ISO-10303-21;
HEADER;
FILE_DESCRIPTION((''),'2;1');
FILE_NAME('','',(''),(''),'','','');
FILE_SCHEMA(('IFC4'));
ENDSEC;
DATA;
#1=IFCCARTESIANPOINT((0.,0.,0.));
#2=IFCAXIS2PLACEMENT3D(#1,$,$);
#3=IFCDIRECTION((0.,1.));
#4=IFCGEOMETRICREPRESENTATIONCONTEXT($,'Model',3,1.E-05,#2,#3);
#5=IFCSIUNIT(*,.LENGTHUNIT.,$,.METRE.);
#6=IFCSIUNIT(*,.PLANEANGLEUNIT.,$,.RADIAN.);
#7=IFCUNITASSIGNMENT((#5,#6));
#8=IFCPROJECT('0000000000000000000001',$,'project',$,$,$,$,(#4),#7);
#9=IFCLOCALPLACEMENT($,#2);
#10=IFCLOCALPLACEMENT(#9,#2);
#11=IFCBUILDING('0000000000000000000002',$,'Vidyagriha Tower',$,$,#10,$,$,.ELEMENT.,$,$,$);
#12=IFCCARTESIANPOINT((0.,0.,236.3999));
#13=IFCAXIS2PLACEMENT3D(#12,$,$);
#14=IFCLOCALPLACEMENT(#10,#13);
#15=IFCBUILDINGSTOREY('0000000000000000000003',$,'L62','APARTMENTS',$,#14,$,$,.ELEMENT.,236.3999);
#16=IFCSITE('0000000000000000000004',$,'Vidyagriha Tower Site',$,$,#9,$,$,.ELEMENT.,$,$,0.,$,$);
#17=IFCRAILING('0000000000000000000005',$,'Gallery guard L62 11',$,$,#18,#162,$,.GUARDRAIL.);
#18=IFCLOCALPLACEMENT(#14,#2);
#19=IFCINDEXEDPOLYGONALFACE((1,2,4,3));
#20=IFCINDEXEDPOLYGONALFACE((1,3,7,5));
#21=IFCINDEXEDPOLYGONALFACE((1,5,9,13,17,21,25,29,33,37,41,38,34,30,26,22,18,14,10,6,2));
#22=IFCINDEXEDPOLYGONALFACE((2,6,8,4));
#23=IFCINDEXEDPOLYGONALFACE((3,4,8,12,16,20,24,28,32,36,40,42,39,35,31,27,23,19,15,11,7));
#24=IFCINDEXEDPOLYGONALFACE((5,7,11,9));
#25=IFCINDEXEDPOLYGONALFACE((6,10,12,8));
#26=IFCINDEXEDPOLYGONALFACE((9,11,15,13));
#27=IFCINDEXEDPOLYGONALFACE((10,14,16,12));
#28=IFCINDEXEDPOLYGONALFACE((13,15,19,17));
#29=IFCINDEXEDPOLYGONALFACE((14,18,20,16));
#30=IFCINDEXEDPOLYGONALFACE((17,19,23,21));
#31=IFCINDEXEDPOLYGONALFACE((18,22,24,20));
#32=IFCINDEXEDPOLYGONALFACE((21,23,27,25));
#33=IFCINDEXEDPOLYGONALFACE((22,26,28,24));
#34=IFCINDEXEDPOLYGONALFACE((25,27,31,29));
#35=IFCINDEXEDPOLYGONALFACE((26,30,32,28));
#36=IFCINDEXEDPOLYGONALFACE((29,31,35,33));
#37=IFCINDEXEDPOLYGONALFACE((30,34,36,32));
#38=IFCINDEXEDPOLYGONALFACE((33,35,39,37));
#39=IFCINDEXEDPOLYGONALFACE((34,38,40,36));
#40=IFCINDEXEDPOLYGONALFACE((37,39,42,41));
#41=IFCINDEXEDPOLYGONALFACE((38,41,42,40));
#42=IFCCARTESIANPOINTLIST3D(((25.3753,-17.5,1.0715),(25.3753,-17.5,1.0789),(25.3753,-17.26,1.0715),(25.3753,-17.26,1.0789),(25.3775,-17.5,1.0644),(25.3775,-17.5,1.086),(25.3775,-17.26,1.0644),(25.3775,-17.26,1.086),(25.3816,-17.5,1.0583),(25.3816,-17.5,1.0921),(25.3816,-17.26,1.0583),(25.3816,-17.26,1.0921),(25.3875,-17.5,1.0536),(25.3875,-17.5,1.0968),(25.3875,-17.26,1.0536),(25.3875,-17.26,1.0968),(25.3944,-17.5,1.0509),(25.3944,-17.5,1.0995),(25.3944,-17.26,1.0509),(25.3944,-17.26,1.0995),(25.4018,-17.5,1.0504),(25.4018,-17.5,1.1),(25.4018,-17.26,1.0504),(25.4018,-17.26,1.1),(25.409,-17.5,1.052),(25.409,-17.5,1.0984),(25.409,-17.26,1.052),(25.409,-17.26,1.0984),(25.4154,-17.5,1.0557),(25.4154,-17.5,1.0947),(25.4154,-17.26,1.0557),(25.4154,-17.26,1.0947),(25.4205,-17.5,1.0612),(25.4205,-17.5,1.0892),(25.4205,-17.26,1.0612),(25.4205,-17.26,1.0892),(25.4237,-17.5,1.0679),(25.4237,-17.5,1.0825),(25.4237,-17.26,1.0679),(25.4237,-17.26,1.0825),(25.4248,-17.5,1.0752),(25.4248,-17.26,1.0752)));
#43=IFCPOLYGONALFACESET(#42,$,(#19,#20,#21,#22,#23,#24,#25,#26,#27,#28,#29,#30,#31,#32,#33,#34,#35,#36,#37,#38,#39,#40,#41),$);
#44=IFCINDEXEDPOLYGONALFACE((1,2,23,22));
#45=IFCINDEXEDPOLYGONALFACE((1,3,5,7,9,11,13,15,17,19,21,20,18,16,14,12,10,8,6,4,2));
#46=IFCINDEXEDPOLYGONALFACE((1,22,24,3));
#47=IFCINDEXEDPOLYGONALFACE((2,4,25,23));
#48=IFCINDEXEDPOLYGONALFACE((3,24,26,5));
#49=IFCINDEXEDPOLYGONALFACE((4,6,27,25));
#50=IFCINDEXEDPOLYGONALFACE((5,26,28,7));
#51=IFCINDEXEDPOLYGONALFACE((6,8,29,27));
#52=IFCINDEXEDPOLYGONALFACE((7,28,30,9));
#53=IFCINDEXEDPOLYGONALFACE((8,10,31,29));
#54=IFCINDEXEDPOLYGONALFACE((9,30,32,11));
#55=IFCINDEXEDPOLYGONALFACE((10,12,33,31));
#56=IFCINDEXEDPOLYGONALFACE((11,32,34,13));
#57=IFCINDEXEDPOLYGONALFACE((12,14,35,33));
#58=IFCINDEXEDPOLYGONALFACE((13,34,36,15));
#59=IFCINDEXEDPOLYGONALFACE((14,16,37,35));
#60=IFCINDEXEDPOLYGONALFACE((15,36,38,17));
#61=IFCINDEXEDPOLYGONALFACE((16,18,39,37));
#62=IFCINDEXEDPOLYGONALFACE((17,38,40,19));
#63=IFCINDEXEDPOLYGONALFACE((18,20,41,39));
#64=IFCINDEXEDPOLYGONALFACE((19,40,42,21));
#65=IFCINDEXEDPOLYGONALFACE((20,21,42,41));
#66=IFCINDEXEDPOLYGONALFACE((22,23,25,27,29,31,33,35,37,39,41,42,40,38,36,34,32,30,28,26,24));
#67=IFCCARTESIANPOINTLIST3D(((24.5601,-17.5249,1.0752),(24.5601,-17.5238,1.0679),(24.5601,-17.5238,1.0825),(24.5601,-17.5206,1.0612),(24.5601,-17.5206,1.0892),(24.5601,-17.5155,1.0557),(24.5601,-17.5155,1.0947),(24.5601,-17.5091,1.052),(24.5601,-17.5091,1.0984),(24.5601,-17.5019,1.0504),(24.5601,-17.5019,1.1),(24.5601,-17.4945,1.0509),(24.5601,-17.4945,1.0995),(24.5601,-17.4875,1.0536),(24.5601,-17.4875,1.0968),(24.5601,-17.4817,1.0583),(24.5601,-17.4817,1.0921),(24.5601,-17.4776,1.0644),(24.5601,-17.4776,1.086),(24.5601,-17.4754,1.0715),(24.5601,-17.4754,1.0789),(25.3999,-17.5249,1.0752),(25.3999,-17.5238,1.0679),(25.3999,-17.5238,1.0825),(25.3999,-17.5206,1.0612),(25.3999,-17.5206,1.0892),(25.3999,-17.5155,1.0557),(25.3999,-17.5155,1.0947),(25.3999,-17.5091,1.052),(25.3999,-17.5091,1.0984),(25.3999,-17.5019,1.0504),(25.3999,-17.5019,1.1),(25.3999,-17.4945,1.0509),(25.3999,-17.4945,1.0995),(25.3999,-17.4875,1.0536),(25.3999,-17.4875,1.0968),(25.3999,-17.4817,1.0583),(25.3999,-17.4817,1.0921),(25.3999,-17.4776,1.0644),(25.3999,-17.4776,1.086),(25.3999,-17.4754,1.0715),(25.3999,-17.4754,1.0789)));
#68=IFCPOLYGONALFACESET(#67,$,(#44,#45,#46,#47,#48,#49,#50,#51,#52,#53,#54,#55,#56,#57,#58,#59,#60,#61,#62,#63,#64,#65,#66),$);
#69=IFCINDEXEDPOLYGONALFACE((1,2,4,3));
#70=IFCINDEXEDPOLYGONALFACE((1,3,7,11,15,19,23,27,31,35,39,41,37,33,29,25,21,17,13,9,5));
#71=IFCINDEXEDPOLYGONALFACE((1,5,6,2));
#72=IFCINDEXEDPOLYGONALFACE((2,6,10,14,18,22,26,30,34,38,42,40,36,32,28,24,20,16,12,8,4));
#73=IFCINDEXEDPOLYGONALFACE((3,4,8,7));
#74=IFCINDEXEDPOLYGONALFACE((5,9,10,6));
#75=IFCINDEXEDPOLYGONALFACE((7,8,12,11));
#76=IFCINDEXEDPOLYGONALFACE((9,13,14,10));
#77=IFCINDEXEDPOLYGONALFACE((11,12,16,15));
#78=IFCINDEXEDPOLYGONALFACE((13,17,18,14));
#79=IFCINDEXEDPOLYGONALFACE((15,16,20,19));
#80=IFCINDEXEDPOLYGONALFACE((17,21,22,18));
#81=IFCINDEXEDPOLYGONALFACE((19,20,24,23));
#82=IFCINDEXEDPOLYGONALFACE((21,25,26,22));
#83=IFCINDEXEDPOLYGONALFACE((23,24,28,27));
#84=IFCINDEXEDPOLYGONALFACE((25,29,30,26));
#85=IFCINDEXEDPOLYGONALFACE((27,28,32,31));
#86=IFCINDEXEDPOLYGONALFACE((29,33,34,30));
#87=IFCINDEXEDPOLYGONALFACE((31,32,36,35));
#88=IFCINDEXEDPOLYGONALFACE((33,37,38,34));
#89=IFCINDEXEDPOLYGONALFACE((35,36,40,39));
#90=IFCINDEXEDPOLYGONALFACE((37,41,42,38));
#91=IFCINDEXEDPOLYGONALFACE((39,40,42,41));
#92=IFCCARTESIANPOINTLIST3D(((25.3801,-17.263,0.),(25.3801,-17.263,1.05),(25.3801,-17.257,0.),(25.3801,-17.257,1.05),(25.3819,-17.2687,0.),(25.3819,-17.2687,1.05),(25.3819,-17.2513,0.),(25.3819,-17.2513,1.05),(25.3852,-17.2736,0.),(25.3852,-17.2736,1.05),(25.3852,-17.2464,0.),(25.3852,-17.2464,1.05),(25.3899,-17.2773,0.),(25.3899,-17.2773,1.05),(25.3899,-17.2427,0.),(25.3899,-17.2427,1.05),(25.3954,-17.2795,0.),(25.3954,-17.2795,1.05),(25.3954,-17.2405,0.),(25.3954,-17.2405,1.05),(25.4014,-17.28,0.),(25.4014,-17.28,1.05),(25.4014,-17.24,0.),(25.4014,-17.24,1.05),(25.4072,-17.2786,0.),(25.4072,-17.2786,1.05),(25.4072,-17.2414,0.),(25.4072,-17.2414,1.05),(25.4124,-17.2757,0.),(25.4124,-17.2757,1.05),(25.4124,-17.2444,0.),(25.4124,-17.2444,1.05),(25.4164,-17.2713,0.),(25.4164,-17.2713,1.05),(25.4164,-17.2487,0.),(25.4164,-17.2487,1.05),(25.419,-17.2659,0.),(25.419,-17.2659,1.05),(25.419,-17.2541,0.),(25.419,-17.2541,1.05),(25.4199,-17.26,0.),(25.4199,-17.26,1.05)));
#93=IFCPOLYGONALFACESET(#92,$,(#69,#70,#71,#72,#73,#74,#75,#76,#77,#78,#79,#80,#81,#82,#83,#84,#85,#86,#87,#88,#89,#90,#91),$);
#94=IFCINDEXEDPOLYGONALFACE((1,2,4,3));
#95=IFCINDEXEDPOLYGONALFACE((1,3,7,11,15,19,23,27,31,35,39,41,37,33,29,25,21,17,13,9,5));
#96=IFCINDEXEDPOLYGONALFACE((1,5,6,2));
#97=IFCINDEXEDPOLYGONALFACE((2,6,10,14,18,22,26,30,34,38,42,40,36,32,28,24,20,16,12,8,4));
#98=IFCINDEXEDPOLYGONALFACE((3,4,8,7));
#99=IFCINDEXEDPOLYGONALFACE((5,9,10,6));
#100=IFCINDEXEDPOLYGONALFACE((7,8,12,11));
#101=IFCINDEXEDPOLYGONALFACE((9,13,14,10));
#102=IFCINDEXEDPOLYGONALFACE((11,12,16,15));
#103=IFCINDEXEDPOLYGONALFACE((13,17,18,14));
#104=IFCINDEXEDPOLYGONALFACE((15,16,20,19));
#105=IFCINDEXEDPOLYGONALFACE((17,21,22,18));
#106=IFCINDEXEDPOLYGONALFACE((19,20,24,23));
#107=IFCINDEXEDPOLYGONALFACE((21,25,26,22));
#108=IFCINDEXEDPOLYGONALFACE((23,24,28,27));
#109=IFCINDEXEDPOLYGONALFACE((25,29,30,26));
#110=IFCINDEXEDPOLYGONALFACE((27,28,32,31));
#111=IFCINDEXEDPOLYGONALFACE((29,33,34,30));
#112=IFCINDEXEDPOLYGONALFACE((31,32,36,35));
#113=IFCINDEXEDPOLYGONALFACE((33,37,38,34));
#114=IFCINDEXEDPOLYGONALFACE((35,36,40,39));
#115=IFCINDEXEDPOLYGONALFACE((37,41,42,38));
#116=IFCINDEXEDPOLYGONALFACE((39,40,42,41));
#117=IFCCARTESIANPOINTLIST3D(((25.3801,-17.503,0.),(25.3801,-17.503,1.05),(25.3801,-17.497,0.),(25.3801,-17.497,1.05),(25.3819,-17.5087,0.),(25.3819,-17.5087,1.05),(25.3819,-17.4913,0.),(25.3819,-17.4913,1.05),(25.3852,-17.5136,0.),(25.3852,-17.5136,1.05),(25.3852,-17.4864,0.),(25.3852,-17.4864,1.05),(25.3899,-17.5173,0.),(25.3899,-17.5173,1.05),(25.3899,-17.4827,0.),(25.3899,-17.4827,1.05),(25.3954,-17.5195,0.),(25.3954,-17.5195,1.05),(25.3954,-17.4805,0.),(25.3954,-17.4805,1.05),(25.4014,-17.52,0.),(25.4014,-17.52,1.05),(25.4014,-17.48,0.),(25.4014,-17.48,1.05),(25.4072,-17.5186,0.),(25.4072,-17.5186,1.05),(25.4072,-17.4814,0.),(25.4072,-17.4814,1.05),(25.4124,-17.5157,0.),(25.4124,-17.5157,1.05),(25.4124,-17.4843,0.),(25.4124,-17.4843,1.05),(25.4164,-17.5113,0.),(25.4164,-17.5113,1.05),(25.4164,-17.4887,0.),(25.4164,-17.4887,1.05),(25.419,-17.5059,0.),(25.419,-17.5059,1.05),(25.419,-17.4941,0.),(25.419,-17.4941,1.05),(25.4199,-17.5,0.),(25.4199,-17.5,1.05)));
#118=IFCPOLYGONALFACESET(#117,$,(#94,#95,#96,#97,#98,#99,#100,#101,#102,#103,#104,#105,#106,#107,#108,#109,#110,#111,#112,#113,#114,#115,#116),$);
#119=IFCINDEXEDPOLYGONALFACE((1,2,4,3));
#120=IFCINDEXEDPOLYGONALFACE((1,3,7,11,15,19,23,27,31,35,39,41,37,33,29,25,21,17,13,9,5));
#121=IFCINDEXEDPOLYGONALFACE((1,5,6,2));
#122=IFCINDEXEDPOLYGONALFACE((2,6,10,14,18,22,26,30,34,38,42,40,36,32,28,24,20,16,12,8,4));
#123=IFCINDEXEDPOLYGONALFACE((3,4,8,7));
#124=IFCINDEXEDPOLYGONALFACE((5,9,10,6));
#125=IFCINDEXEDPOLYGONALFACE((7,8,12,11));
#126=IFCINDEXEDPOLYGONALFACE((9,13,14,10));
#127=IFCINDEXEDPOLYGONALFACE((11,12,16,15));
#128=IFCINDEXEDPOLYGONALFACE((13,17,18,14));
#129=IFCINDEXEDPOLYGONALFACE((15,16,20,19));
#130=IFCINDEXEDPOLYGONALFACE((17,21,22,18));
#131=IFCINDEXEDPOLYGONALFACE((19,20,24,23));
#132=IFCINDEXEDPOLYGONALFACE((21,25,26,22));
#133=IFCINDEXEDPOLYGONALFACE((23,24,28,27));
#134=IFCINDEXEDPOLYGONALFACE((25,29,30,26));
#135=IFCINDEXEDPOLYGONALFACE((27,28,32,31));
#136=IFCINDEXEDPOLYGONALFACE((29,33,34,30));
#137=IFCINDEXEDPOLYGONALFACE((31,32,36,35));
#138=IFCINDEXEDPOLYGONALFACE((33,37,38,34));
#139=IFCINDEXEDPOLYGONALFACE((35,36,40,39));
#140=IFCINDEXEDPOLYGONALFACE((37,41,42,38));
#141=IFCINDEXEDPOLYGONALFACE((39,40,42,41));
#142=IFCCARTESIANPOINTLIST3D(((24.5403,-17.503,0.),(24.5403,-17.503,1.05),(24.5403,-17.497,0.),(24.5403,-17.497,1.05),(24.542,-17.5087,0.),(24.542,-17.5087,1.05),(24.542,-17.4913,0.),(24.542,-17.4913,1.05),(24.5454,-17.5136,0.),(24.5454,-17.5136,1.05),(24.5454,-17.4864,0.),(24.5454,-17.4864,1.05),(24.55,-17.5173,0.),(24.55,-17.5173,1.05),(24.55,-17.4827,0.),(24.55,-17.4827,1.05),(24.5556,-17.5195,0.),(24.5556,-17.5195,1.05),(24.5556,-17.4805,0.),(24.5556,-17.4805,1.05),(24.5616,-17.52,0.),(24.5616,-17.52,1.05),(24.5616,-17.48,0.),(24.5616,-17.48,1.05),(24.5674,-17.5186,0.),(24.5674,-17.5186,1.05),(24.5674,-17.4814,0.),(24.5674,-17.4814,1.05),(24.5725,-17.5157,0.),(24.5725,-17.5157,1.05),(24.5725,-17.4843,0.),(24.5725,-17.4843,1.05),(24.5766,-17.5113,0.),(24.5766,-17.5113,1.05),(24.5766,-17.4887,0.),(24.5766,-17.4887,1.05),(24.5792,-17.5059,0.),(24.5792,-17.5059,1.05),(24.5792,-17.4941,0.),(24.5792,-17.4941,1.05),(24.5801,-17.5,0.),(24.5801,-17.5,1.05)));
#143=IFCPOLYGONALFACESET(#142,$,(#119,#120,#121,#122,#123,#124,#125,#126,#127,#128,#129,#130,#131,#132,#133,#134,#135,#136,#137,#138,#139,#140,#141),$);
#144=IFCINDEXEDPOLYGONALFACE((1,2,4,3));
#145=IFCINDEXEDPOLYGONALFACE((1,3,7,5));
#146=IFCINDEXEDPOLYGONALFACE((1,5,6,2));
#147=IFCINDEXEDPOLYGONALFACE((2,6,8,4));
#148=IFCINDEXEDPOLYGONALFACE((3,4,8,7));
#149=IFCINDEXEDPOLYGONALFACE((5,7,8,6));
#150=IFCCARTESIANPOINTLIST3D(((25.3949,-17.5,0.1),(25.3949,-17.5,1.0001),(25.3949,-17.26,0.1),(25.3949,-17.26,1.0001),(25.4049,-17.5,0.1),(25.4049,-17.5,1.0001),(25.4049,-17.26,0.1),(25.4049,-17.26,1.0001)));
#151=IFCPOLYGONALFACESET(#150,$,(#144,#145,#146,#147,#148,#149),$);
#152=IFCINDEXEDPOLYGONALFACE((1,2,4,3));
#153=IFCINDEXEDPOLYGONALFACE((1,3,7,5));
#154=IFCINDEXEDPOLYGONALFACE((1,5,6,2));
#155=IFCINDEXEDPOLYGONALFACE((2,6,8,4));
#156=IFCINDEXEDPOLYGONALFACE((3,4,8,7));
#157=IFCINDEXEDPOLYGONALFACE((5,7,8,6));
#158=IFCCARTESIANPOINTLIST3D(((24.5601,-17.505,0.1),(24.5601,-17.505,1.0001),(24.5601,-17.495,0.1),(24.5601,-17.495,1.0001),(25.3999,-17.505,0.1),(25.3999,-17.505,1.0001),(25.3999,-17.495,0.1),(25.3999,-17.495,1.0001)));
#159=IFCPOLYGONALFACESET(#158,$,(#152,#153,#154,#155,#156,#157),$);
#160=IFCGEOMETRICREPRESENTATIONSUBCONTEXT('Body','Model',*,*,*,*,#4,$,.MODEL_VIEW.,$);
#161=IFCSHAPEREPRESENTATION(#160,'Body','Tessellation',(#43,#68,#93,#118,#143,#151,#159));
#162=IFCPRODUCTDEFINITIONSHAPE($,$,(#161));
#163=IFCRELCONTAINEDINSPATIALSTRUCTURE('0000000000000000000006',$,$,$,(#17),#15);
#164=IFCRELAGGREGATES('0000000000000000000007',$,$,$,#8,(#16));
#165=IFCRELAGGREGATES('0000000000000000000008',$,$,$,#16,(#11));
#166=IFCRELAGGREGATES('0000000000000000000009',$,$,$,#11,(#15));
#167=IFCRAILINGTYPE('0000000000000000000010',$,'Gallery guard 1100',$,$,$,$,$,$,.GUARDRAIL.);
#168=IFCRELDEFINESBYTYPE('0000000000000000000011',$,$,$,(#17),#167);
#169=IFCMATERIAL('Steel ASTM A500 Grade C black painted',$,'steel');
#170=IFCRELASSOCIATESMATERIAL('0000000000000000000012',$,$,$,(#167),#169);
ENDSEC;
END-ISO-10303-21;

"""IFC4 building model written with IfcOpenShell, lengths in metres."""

from ifc_helpers import new_model, si_unit, direction, frame, origin, origin_2d, place, context, subcontext, project, spatial, rectangle, circle, extrude, material, type_object, element, save


model = new_model("IFC4")

# Units and contexts
model_context = context("Model", 3, precision=1e-05, world=origin(), true_north=direction((0.0, 1.0)))
body_context = subcontext(model_context, "Body", "Model", "MODEL_VIEW")
ifc_project = project(units=[si_unit("LENGTHUNIT", "METRE"), si_unit("PLANEANGLEUNIT", "RADIAN")], contexts=[model_context])

# Site, building, storey
site_placement = place(None, origin())
site = spatial("IfcSite", under=ifc_project, at=site_placement, Name="Vidyagriha Tower Site", CompositionType="ELEMENT", RefElevation=0.0)
building_placement = place(site_placement, origin())
building = spatial("IfcBuilding", under=site, at=building_placement, Name="Vidyagriha Tower", CompositionType="ELEMENT")
storey_placement = place(building_placement, frame((0.0, 0.0, 236.3999)))
storey = spatial("IfcBuildingStorey", under=building, at=storey_placement, Name="L62", Description="APARTMENTS", CompositionType="ELEMENT", Elevation=236.3999)

# Railing
ifc_material_1 = material(Name="Steel ASTM A500 Grade C black painted", Category="steel")
railing_type_1 = type_object("IfcRailingType", Name="Gallery guard 1100", PredefinedType="GUARDRAIL", material=ifc_material_1)
railing_1_placement = place(storey_placement, frame((25.3999, -17.26, 0.0)))
element("IfcRailing", 1, at=railing_1_placement, inside=storey, type_object=railing_type_1, Name="Gallery guard L62 11", PredefinedType="GUARDRAIL", context=body_context, shape_type="SweptSolid", body=[
    extrude(circle(Radius=0.0249, at=origin_2d()), frame((0.0, 0.0, 1.0752), z_axis=(0.0, -1.0, 0.0), x_axis=(1.0, 0.0, 0.0)), (0.0, 0.0, 1.0), 0.24),
    extrude(circle(Radius=0.0249, at=origin_2d()), frame((0.0, -0.24, 1.0752), z_axis=(-1.0, 0.0, 0.0), x_axis=(0.0, -1.0, 0.0)), (0.0, 0.0, 1.0), 0.8398),
    extrude(circle(Radius=0.02, at=origin_2d()), origin(), (0.0, 0.0, 1.0), 1.05),
    extrude(circle(Radius=0.02, at=origin_2d()), frame((0.0, -0.24, 0.0)), (0.0, 0.0, 1.0), 1.05),
    extrude(circle(Radius=0.02, at=origin_2d()), frame((-0.8398, -0.24, 0.0)), (0.0, 0.0, 1.0), 1.05),
    extrude(rectangle(XDim=0.01, YDim=0.9001, at=origin_2d()), frame((0.0, 0.0, 0.55), z_axis=(0.0, -1.0, 0.0), x_axis=(1.0, 0.0, 0.0)), (0.0, 0.0, 1.0), 0.24),
    extrude(rectangle(XDim=0.01, YDim=0.9001, at=origin_2d()), frame((0.0, -0.24, 0.55), z_axis=(-1.0, 0.0, 0.0), x_axis=(0.0, -1.0, 0.0)), (0.0, 0.0, 1.0), 0.8398),
])

save(model, "model.ifc")
